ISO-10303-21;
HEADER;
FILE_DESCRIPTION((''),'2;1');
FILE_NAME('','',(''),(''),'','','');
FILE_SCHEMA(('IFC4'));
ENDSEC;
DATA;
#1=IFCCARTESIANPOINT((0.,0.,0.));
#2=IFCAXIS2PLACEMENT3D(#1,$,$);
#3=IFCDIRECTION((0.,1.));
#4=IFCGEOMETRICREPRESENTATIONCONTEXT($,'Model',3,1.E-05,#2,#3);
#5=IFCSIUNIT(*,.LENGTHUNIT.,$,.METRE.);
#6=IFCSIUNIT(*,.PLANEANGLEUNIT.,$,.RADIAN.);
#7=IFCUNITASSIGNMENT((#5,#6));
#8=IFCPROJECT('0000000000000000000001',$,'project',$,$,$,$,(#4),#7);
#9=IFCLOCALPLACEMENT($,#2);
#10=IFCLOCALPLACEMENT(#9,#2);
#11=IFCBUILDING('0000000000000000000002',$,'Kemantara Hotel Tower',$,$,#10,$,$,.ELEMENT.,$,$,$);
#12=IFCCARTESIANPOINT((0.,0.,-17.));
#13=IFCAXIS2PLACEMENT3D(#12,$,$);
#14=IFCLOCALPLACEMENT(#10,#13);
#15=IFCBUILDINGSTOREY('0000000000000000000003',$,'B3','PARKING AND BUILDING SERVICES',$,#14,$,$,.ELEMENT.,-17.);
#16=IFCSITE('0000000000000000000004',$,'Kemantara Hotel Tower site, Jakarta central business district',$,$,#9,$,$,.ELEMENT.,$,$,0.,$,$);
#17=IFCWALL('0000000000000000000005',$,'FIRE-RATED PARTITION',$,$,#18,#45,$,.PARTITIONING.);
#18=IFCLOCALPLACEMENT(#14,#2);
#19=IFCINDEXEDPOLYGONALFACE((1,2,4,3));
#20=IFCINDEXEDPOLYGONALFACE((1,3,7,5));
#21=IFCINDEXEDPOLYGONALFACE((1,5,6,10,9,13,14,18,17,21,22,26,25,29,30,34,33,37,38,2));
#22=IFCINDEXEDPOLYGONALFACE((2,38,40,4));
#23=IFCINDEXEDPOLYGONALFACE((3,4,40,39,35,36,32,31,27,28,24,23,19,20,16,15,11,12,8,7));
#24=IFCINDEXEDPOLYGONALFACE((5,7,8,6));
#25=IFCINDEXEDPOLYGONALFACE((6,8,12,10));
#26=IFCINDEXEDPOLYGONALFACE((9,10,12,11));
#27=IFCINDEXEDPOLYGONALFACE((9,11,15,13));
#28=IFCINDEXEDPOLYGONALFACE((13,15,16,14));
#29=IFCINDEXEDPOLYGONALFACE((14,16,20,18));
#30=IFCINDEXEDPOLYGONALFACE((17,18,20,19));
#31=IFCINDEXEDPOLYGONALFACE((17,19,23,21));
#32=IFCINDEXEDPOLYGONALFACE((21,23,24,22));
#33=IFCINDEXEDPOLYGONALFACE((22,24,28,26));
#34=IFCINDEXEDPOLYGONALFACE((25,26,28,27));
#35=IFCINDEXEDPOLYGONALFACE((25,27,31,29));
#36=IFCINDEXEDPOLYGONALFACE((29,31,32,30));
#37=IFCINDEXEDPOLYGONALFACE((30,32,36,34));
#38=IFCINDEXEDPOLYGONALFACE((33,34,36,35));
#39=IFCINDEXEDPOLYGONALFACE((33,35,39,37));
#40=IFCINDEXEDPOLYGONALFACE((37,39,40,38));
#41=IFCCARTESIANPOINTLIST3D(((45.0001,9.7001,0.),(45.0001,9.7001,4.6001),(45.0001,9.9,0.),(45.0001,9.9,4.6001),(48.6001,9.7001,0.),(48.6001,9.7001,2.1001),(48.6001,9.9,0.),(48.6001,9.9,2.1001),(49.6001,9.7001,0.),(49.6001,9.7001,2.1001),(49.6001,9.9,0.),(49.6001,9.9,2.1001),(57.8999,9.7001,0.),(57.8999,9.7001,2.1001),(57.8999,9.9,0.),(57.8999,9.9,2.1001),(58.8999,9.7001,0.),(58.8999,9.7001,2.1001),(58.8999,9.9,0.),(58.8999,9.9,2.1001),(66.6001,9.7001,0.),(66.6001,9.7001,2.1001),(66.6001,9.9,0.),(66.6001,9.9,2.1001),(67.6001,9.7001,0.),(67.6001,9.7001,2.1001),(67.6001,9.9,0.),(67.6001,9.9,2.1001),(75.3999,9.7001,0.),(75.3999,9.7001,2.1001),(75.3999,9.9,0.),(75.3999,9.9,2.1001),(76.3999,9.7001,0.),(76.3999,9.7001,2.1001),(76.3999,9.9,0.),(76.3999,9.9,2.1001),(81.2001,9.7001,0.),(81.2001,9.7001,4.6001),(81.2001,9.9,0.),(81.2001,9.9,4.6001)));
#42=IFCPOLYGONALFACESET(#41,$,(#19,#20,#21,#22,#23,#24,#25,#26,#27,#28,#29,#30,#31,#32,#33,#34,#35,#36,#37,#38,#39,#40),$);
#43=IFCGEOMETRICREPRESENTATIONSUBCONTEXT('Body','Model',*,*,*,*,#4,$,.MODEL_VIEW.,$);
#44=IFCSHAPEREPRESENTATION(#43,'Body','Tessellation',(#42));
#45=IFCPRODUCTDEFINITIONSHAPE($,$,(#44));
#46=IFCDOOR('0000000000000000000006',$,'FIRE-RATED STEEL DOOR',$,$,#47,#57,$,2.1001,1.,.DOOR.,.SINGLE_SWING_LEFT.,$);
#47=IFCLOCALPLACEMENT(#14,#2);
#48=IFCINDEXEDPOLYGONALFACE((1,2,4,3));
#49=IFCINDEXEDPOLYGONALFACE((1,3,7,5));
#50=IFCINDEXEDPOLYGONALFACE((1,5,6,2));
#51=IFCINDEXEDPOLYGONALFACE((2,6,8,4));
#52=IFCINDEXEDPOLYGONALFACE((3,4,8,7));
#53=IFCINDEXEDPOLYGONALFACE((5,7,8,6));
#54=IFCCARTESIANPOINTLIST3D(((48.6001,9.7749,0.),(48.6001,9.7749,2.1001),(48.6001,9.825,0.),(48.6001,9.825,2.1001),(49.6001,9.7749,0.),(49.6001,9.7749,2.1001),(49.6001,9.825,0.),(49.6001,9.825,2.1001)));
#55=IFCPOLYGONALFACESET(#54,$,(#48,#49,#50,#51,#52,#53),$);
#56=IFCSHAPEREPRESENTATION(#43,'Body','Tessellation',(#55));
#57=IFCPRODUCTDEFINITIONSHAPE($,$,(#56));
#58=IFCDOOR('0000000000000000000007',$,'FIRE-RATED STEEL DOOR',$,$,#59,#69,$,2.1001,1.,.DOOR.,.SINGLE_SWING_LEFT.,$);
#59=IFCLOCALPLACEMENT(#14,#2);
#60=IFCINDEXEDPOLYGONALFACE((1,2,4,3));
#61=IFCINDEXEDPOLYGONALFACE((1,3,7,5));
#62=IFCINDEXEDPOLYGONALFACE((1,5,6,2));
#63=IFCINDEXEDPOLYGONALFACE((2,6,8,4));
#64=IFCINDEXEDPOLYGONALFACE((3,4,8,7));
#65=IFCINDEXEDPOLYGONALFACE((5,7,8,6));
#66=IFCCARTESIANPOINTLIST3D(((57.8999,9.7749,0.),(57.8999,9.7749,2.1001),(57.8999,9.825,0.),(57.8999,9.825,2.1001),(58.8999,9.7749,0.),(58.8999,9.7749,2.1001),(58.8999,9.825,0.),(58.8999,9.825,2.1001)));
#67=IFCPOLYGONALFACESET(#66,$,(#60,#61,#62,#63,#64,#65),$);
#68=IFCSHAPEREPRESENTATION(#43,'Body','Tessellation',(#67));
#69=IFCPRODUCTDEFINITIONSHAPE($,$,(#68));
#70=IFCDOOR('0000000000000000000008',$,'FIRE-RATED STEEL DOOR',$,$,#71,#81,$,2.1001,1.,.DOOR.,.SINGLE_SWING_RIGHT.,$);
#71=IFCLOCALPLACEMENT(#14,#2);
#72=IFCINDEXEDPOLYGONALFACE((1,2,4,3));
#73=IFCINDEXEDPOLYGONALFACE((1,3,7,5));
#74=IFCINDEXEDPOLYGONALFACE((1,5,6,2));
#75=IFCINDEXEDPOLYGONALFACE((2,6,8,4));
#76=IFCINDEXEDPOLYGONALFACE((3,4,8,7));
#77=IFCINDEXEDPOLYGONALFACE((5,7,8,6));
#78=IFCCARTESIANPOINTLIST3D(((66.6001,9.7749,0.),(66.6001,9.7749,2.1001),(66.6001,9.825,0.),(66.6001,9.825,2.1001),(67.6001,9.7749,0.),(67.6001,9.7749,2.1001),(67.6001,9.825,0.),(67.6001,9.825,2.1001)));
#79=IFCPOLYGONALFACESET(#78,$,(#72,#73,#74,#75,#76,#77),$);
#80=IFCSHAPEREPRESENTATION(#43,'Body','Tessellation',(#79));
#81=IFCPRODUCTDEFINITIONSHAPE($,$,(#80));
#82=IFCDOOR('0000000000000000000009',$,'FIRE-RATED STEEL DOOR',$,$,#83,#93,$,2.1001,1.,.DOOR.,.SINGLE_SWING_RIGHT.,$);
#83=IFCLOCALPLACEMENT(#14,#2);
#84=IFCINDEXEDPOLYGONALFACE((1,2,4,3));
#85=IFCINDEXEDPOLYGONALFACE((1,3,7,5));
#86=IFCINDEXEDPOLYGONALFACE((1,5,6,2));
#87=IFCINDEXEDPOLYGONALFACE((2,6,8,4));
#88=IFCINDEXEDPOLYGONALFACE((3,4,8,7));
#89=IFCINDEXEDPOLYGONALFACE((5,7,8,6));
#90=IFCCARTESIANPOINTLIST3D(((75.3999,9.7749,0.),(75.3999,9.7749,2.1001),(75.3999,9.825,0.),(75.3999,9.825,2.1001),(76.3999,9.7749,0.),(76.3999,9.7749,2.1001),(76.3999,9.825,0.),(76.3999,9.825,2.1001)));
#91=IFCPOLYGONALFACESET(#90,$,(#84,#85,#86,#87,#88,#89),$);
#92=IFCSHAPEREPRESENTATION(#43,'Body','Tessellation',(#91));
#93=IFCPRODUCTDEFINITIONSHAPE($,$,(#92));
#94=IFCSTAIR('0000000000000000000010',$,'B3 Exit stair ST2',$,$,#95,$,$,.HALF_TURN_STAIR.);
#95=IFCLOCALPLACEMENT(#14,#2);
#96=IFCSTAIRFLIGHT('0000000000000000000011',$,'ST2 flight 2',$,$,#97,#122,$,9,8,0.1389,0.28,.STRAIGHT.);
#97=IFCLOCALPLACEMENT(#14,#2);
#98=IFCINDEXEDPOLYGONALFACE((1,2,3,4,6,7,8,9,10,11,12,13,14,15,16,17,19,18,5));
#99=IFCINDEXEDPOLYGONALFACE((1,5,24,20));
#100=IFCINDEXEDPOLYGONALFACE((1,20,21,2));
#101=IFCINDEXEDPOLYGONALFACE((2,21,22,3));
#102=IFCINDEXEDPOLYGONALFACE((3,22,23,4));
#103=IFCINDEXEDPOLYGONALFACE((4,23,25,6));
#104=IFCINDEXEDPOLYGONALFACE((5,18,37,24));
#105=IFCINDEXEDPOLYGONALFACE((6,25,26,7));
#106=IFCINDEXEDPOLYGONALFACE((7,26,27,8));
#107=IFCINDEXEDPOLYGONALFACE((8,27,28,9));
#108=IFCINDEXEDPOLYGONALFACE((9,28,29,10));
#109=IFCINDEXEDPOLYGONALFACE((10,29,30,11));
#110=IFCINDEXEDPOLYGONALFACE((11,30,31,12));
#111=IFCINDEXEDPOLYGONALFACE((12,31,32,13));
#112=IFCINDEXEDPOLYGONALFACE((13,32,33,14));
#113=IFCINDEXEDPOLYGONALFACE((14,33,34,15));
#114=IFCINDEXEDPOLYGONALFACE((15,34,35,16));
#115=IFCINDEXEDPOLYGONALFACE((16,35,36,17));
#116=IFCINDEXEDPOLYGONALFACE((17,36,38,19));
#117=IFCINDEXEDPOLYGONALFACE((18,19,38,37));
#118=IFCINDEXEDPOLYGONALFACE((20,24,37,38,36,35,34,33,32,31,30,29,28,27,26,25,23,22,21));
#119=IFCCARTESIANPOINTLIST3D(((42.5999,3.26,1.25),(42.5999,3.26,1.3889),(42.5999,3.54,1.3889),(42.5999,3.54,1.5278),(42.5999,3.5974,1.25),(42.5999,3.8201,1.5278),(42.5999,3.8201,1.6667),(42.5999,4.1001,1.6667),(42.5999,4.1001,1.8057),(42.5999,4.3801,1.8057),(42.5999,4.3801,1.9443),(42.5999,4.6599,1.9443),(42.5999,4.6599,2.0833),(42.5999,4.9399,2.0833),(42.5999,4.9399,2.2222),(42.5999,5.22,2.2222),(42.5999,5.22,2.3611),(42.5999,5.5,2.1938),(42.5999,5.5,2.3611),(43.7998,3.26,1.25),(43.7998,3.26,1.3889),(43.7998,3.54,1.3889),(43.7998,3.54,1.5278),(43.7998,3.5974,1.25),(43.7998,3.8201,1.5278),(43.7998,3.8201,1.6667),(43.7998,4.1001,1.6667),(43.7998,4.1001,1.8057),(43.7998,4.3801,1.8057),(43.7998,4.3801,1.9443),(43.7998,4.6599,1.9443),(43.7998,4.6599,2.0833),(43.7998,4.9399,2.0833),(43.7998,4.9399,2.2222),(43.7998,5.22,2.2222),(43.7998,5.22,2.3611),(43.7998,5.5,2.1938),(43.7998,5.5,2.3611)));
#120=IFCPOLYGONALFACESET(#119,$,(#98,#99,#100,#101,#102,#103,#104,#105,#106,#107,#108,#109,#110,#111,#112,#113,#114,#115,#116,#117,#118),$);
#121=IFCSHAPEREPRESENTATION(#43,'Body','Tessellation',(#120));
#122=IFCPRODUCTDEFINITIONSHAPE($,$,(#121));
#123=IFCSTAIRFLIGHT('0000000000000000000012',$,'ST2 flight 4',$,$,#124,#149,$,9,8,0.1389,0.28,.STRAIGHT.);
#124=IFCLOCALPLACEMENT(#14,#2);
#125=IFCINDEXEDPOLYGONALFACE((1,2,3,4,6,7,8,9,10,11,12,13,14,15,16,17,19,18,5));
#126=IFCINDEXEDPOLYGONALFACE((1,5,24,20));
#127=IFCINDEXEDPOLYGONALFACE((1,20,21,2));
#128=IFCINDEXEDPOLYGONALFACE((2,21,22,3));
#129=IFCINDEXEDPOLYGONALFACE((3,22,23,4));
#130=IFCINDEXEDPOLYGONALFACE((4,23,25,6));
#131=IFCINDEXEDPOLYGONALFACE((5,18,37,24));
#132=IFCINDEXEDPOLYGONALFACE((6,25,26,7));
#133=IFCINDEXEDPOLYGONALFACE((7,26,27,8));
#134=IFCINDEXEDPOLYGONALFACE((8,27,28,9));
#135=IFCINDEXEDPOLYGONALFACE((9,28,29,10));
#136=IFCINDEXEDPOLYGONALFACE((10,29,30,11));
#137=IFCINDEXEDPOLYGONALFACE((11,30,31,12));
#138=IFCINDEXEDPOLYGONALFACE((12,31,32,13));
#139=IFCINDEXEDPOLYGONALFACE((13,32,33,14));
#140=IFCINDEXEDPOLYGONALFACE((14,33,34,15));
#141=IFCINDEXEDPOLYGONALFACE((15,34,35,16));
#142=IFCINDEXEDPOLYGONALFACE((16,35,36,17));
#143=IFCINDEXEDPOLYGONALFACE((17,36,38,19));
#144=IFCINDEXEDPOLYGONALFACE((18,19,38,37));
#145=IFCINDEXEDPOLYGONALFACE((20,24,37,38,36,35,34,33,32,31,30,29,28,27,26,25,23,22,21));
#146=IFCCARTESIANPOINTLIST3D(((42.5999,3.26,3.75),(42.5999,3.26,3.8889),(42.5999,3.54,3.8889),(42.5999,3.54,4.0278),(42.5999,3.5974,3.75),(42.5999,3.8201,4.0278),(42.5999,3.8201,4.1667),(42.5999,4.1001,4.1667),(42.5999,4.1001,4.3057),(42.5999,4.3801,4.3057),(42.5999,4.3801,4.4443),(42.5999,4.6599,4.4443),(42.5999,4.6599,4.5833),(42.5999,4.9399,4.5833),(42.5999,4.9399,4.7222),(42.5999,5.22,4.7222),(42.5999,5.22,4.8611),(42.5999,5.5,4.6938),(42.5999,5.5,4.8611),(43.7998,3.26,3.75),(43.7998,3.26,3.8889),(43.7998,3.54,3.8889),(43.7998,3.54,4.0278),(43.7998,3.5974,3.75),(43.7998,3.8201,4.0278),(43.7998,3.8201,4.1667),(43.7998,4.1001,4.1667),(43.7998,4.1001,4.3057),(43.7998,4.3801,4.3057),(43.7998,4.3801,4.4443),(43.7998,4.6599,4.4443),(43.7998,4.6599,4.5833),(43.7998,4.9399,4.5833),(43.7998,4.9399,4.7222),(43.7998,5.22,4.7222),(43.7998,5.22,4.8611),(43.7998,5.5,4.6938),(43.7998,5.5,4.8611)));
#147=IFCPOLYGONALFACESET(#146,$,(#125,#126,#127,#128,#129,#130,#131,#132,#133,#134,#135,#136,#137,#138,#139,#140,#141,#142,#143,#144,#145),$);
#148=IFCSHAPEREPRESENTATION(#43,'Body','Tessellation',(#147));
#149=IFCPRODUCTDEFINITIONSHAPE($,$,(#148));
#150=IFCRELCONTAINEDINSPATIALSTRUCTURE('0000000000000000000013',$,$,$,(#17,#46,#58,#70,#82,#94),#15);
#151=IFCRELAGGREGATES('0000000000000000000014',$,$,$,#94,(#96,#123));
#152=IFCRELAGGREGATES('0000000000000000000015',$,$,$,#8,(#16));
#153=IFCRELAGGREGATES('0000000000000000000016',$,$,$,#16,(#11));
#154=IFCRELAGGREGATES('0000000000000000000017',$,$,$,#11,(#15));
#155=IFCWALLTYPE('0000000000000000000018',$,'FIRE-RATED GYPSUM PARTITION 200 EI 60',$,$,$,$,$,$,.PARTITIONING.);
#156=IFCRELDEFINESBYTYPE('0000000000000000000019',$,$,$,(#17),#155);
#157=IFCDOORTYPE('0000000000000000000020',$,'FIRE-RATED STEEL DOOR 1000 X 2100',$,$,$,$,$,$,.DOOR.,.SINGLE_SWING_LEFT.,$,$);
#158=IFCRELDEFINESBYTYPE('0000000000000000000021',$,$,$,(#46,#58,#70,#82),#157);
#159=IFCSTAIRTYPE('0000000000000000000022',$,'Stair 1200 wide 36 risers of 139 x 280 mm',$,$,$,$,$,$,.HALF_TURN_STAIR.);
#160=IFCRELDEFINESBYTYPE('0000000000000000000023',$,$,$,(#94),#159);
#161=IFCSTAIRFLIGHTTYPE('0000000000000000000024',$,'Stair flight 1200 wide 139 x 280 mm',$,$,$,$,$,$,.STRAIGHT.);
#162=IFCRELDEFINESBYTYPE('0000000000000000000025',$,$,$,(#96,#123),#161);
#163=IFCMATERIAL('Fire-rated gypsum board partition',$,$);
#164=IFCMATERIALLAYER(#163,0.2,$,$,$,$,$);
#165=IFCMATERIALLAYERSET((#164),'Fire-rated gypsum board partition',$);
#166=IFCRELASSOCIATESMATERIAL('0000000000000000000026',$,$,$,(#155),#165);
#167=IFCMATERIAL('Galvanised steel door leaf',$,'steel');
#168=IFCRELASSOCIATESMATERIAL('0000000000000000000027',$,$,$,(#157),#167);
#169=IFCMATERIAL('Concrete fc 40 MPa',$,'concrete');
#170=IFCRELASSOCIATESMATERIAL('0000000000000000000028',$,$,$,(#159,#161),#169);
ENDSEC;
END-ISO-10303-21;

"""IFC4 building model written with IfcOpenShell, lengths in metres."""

from ifc_helpers import new_model, si_unit, direction, frame, frame_2d, origin, place, context, subcontext, project, spatial, polyline, rectangle, outline, extrude, material, layer, layer_set, type_object, element, fill, aggregate, save


model = new_model("IFC4")

# Units and contexts
model_context = context("Model", 3, precision=1e-05, world=origin(), true_north=direction((0.0, 1.0)))
body_context = subcontext(model_context, "Body", "Model", "MODEL_VIEW")
ifc_project = project(units=[si_unit("LENGTHUNIT", "METRE"), si_unit("PLANEANGLEUNIT", "RADIAN")], contexts=[model_context])

# Site, building, storey
site_placement = place(None, origin())
site = spatial("IfcSite", under=ifc_project, at=site_placement, Name="Kemantara Hotel Tower site, Jakarta central business district", CompositionType="ELEMENT", RefElevation=0.0)
building_placement = place(site_placement, origin())
building = spatial("IfcBuilding", under=site, at=building_placement, Name="Kemantara Hotel Tower", CompositionType="ELEMENT")
storey_placement = place(building_placement, frame((0.0, 0.0, -17.0)))
storey = spatial("IfcBuildingStorey", under=building, at=storey_placement, Name="B3", Description="PARKING AND BUILDING SERVICES", CompositionType="ELEMENT", Elevation=-17.0)

# Wall, openings, doors
ifc_material_1 = material(Name="Fire-rated gypsum board partition")
ifc_layer_1 = layer(ifc_material_1, 0.2)
ifc_layer_set_1 = layer_set([ifc_layer_1], Name="Fire-rated gypsum board partition")
wall_type_1 = type_object("IfcWallType", Name="FIRE-RATED GYPSUM PARTITION 200 EI 60", PredefinedType="PARTITIONING", material=ifc_layer_set_1)
wall_1_placement = place(storey_placement, frame((45.0, 9.8, 0.0), z_axis=(0.0, 0.0, 1.0), x_axis=(1.0, 0.0, 0.0)))
wall_1 = element("IfcWall", 1, at=wall_1_placement, inside=storey, type_object=wall_type_1, Name="FIRE-RATED PARTITION", PredefinedType="PARTITIONING", context=body_context, shape_type="SweptSolid", body=[
    extrude(rectangle(XDim=36.2, YDim=0.2, at=frame_2d((18.1001, 0.0))), origin(), (0.0, 0.0, 1.0), 4.6001),
])
opening_1_placement = place(wall_1_placement, frame((3.6001, 0.0, 0.0)))
opening_1 = element("IfcOpeningElement", 2, at=opening_1_placement, cuts=wall_1, PredefinedType="OPENING", context=body_context, shape_type="SweptSolid", body=[
    extrude(rectangle(XDim=1.0, YDim=2.1001, at=frame_2d((0.5, 1.05))), frame((0.0, 0.1099, 0.0), z_axis=(0.0, -1.0, 0.0), x_axis=(1.0, 0.0, 0.0)), (0.0, 0.0, 1.0), 0.22),
])
opening_2_placement = place(wall_1_placement, frame((12.8999, 0.0, 0.0)))
opening_2 = element("IfcOpeningElement", 3, at=opening_2_placement, cuts=wall_1, PredefinedType="OPENING", context=body_context, shape_type="SweptSolid", body=[
    extrude(rectangle(XDim=1.0, YDim=2.1001, at=frame_2d((0.5, 1.05))), frame((0.0, 0.1099, 0.0), z_axis=(0.0, -1.0, 0.0), x_axis=(1.0, 0.0, 0.0)), (0.0, 0.0, 1.0), 0.22),
])
opening_3_placement = place(wall_1_placement, frame((21.6001, 0.0, 0.0)))
opening_3 = element("IfcOpeningElement", 4, at=opening_3_placement, cuts=wall_1, PredefinedType="OPENING", context=body_context, shape_type="SweptSolid", body=[
    extrude(rectangle(XDim=1.0, YDim=2.1001, at=frame_2d((0.5, 1.05))), frame((0.0, 0.1099, 0.0), z_axis=(0.0, -1.0, 0.0), x_axis=(1.0, 0.0, 0.0)), (0.0, 0.0, 1.0), 0.22),
])
opening_4_placement = place(wall_1_placement, frame((30.3999, 0.0, 0.0)))
opening_4 = element("IfcOpeningElement", 5, at=opening_4_placement, cuts=wall_1, PredefinedType="OPENING", context=body_context, shape_type="SweptSolid", body=[
    extrude(rectangle(XDim=1.0, YDim=2.1001, at=frame_2d((0.5, 1.05))), frame((0.0, 0.1099, 0.0), z_axis=(0.0, -1.0, 0.0), x_axis=(1.0, 0.0, 0.0)), (0.0, 0.0, 1.0), 0.22),
])
ifc_material_2 = material(Name="Galvanised steel door leaf", Category="steel")
door_type = type_object("IfcDoorType", Name="FIRE-RATED STEEL DOOR 1000 X 2100", OperationType="SINGLE_SWING_LEFT", PredefinedType="DOOR", material=ifc_material_2)
door_1_placement = place(opening_1_placement, origin())
door_1 = element("IfcDoor", 6, at=door_1_placement, inside=storey, type_object=door_type, Name="FIRE-RATED STEEL DOOR", OperationType="SINGLE_SWING_LEFT", OverallHeight=2.1001, OverallWidth=1.0, PredefinedType="DOOR", context=body_context, shape_type="SweptSolid", body=[
    extrude(rectangle(XDim=1.0, YDim=2.1001, at=frame_2d((0.5, 1.05))), frame((0.0, 0.0249, 0.0), z_axis=(0.0, -1.0, 0.0), x_axis=(1.0, 0.0, 0.0)), (0.0, 0.0, 1.0), 0.05),
])
fill(opening_1, door_1)
door_2_placement = place(opening_2_placement, origin())
door_2 = element("IfcDoor", 7, at=door_2_placement, inside=storey, type_object=door_type, Name="FIRE-RATED STEEL DOOR", OperationType="SINGLE_SWING_LEFT", OverallHeight=2.1001, OverallWidth=1.0, PredefinedType="DOOR", context=body_context, shape_type="SweptSolid", body=[
    extrude(rectangle(XDim=1.0, YDim=2.1001, at=frame_2d((0.5, 1.05))), frame((0.0, 0.0249, 0.0), z_axis=(0.0, -1.0, 0.0), x_axis=(1.0, 0.0, 0.0)), (0.0, 0.0, 1.0), 0.05),
])
fill(opening_2, door_2)
door_3_placement = place(opening_3_placement, origin())
door_3 = element("IfcDoor", 8, at=door_3_placement, inside=storey, type_object=door_type, Name="FIRE-RATED STEEL DOOR", OperationType="SINGLE_SWING_RIGHT", OverallHeight=2.1001, OverallWidth=1.0, PredefinedType="DOOR", context=body_context, shape_type="SweptSolid", body=[
    extrude(rectangle(XDim=1.0, YDim=2.1001, at=frame_2d((0.5, 1.05))), frame((0.0, 0.0249, 0.0), z_axis=(0.0, -1.0, 0.0), x_axis=(1.0, 0.0, 0.0)), (0.0, 0.0, 1.0), 0.05),
])
fill(opening_3, door_3)
door_4_placement = place(opening_4_placement, origin())
door_4 = element("IfcDoor", 9, at=door_4_placement, inside=storey, type_object=door_type, Name="FIRE-RATED STEEL DOOR", OperationType="SINGLE_SWING_RIGHT", OverallHeight=2.1001, OverallWidth=1.0, PredefinedType="DOOR", context=body_context, shape_type="SweptSolid", body=[
    extrude(rectangle(XDim=1.0, YDim=2.1001, at=frame_2d((0.5, 1.05))), frame((0.0, 0.0249, 0.0), z_axis=(0.0, -1.0, 0.0), x_axis=(1.0, 0.0, 0.0)), (0.0, 0.0, 1.0), 0.05),
])
fill(opening_4, door_4)

# Stair, stair flights
ifc_material_3 = material(Name="Concrete fc 40 MPa", Category="concrete")
stair_type = type_object("IfcStairType", Name="Stair 1200 wide 36 risers of 139 x 280 mm", PredefinedType="HALF_TURN_STAIR", material=ifc_material_3)
stair_placement = place(storey_placement, origin())
stair = element("IfcStair", 10, at=stair_placement, inside=storey, type_object=stair_type, Name="B3 Exit stair ST2", PredefinedType="HALF_TURN_STAIR")
stair_flight_type = type_object("IfcStairFlightType", Name="Stair flight 1200 wide 139 x 280 mm", PredefinedType="STRAIGHT", material=ifc_material_3)
stair_flight_1_placement = place(storey_placement, frame((43.2, 3.26, 1.25), z_axis=(0.0, 0.0, 1.0), x_axis=(0.0, 1.0, 0.0)))
stair_flight_1 = element("IfcStairFlight", 11, at=stair_flight_1_placement, type_object=stair_flight_type, Name="ST2 flight 2", NumberOfRisers=9, NumberOfTreads=8, PredefinedType="STRAIGHT", RiserHeight=0.1389, TreadLength=0.28, context=body_context, shape_type="SweptSolid", body=[
    extrude(outline(polyline([(0.0, 0.0), (0.0, 0.1389), (0.28, 0.1389), (0.28, 0.2778), (0.5601, 0.2778), (0.5601, 0.4167), (0.8401, 0.4167), (0.8401, 0.5557), (1.1201, 0.5557), (1.1201, 0.6943), (1.3999, 0.6943), (1.3999, 0.8333), (1.6799, 0.8333), (1.6799, 0.9722), (1.96, 0.9722), (1.96, 1.1111), (2.24, 1.1111), (2.24, 1.25), (2.24, 0.9438), (0.3374, 0.0), (0.0, 0.0)])), frame((0.0, 0.6001, 0.0), z_axis=(0.0, -1.0, 0.0), x_axis=(1.0, 0.0, 0.0)), (0.0, 0.0, 1.0), 1.2),
])
stair_flight_2_placement = place(storey_placement, frame((43.2, 3.26, 3.75), z_axis=(0.0, 0.0, 1.0), x_axis=(0.0, 1.0, 0.0)))
stair_flight_2 = element("IfcStairFlight", 12, at=stair_flight_2_placement, type_object=stair_flight_type, Name="ST2 flight 4", NumberOfRisers=9, NumberOfTreads=8, PredefinedType="STRAIGHT", RiserHeight=0.1389, TreadLength=0.28, context=body_context, shape_type="SweptSolid", body=[
    extrude(outline(polyline([(0.0, 0.0), (0.0, 0.1389), (0.28, 0.1389), (0.28, 0.2778), (0.5601, 0.2778), (0.5601, 0.4167), (0.8401, 0.4167), (0.8401, 0.5557), (1.1201, 0.5557), (1.1201, 0.6943), (1.3999, 0.6943), (1.3999, 0.8333), (1.6799, 0.8333), (1.6799, 0.9722), (1.96, 0.9722), (1.96, 1.1111), (2.24, 1.1111), (2.24, 1.25), (2.24, 0.9438), (0.3374, 0.0), (0.0, 0.0)])), frame((0.0, 0.6001, 0.0), z_axis=(0.0, -1.0, 0.0), x_axis=(1.0, 0.0, 0.0)), (0.0, 0.0, 1.0), 1.2),
])
aggregate(stair, [stair_flight_1, stair_flight_2])

save(model, "model.ifc")
